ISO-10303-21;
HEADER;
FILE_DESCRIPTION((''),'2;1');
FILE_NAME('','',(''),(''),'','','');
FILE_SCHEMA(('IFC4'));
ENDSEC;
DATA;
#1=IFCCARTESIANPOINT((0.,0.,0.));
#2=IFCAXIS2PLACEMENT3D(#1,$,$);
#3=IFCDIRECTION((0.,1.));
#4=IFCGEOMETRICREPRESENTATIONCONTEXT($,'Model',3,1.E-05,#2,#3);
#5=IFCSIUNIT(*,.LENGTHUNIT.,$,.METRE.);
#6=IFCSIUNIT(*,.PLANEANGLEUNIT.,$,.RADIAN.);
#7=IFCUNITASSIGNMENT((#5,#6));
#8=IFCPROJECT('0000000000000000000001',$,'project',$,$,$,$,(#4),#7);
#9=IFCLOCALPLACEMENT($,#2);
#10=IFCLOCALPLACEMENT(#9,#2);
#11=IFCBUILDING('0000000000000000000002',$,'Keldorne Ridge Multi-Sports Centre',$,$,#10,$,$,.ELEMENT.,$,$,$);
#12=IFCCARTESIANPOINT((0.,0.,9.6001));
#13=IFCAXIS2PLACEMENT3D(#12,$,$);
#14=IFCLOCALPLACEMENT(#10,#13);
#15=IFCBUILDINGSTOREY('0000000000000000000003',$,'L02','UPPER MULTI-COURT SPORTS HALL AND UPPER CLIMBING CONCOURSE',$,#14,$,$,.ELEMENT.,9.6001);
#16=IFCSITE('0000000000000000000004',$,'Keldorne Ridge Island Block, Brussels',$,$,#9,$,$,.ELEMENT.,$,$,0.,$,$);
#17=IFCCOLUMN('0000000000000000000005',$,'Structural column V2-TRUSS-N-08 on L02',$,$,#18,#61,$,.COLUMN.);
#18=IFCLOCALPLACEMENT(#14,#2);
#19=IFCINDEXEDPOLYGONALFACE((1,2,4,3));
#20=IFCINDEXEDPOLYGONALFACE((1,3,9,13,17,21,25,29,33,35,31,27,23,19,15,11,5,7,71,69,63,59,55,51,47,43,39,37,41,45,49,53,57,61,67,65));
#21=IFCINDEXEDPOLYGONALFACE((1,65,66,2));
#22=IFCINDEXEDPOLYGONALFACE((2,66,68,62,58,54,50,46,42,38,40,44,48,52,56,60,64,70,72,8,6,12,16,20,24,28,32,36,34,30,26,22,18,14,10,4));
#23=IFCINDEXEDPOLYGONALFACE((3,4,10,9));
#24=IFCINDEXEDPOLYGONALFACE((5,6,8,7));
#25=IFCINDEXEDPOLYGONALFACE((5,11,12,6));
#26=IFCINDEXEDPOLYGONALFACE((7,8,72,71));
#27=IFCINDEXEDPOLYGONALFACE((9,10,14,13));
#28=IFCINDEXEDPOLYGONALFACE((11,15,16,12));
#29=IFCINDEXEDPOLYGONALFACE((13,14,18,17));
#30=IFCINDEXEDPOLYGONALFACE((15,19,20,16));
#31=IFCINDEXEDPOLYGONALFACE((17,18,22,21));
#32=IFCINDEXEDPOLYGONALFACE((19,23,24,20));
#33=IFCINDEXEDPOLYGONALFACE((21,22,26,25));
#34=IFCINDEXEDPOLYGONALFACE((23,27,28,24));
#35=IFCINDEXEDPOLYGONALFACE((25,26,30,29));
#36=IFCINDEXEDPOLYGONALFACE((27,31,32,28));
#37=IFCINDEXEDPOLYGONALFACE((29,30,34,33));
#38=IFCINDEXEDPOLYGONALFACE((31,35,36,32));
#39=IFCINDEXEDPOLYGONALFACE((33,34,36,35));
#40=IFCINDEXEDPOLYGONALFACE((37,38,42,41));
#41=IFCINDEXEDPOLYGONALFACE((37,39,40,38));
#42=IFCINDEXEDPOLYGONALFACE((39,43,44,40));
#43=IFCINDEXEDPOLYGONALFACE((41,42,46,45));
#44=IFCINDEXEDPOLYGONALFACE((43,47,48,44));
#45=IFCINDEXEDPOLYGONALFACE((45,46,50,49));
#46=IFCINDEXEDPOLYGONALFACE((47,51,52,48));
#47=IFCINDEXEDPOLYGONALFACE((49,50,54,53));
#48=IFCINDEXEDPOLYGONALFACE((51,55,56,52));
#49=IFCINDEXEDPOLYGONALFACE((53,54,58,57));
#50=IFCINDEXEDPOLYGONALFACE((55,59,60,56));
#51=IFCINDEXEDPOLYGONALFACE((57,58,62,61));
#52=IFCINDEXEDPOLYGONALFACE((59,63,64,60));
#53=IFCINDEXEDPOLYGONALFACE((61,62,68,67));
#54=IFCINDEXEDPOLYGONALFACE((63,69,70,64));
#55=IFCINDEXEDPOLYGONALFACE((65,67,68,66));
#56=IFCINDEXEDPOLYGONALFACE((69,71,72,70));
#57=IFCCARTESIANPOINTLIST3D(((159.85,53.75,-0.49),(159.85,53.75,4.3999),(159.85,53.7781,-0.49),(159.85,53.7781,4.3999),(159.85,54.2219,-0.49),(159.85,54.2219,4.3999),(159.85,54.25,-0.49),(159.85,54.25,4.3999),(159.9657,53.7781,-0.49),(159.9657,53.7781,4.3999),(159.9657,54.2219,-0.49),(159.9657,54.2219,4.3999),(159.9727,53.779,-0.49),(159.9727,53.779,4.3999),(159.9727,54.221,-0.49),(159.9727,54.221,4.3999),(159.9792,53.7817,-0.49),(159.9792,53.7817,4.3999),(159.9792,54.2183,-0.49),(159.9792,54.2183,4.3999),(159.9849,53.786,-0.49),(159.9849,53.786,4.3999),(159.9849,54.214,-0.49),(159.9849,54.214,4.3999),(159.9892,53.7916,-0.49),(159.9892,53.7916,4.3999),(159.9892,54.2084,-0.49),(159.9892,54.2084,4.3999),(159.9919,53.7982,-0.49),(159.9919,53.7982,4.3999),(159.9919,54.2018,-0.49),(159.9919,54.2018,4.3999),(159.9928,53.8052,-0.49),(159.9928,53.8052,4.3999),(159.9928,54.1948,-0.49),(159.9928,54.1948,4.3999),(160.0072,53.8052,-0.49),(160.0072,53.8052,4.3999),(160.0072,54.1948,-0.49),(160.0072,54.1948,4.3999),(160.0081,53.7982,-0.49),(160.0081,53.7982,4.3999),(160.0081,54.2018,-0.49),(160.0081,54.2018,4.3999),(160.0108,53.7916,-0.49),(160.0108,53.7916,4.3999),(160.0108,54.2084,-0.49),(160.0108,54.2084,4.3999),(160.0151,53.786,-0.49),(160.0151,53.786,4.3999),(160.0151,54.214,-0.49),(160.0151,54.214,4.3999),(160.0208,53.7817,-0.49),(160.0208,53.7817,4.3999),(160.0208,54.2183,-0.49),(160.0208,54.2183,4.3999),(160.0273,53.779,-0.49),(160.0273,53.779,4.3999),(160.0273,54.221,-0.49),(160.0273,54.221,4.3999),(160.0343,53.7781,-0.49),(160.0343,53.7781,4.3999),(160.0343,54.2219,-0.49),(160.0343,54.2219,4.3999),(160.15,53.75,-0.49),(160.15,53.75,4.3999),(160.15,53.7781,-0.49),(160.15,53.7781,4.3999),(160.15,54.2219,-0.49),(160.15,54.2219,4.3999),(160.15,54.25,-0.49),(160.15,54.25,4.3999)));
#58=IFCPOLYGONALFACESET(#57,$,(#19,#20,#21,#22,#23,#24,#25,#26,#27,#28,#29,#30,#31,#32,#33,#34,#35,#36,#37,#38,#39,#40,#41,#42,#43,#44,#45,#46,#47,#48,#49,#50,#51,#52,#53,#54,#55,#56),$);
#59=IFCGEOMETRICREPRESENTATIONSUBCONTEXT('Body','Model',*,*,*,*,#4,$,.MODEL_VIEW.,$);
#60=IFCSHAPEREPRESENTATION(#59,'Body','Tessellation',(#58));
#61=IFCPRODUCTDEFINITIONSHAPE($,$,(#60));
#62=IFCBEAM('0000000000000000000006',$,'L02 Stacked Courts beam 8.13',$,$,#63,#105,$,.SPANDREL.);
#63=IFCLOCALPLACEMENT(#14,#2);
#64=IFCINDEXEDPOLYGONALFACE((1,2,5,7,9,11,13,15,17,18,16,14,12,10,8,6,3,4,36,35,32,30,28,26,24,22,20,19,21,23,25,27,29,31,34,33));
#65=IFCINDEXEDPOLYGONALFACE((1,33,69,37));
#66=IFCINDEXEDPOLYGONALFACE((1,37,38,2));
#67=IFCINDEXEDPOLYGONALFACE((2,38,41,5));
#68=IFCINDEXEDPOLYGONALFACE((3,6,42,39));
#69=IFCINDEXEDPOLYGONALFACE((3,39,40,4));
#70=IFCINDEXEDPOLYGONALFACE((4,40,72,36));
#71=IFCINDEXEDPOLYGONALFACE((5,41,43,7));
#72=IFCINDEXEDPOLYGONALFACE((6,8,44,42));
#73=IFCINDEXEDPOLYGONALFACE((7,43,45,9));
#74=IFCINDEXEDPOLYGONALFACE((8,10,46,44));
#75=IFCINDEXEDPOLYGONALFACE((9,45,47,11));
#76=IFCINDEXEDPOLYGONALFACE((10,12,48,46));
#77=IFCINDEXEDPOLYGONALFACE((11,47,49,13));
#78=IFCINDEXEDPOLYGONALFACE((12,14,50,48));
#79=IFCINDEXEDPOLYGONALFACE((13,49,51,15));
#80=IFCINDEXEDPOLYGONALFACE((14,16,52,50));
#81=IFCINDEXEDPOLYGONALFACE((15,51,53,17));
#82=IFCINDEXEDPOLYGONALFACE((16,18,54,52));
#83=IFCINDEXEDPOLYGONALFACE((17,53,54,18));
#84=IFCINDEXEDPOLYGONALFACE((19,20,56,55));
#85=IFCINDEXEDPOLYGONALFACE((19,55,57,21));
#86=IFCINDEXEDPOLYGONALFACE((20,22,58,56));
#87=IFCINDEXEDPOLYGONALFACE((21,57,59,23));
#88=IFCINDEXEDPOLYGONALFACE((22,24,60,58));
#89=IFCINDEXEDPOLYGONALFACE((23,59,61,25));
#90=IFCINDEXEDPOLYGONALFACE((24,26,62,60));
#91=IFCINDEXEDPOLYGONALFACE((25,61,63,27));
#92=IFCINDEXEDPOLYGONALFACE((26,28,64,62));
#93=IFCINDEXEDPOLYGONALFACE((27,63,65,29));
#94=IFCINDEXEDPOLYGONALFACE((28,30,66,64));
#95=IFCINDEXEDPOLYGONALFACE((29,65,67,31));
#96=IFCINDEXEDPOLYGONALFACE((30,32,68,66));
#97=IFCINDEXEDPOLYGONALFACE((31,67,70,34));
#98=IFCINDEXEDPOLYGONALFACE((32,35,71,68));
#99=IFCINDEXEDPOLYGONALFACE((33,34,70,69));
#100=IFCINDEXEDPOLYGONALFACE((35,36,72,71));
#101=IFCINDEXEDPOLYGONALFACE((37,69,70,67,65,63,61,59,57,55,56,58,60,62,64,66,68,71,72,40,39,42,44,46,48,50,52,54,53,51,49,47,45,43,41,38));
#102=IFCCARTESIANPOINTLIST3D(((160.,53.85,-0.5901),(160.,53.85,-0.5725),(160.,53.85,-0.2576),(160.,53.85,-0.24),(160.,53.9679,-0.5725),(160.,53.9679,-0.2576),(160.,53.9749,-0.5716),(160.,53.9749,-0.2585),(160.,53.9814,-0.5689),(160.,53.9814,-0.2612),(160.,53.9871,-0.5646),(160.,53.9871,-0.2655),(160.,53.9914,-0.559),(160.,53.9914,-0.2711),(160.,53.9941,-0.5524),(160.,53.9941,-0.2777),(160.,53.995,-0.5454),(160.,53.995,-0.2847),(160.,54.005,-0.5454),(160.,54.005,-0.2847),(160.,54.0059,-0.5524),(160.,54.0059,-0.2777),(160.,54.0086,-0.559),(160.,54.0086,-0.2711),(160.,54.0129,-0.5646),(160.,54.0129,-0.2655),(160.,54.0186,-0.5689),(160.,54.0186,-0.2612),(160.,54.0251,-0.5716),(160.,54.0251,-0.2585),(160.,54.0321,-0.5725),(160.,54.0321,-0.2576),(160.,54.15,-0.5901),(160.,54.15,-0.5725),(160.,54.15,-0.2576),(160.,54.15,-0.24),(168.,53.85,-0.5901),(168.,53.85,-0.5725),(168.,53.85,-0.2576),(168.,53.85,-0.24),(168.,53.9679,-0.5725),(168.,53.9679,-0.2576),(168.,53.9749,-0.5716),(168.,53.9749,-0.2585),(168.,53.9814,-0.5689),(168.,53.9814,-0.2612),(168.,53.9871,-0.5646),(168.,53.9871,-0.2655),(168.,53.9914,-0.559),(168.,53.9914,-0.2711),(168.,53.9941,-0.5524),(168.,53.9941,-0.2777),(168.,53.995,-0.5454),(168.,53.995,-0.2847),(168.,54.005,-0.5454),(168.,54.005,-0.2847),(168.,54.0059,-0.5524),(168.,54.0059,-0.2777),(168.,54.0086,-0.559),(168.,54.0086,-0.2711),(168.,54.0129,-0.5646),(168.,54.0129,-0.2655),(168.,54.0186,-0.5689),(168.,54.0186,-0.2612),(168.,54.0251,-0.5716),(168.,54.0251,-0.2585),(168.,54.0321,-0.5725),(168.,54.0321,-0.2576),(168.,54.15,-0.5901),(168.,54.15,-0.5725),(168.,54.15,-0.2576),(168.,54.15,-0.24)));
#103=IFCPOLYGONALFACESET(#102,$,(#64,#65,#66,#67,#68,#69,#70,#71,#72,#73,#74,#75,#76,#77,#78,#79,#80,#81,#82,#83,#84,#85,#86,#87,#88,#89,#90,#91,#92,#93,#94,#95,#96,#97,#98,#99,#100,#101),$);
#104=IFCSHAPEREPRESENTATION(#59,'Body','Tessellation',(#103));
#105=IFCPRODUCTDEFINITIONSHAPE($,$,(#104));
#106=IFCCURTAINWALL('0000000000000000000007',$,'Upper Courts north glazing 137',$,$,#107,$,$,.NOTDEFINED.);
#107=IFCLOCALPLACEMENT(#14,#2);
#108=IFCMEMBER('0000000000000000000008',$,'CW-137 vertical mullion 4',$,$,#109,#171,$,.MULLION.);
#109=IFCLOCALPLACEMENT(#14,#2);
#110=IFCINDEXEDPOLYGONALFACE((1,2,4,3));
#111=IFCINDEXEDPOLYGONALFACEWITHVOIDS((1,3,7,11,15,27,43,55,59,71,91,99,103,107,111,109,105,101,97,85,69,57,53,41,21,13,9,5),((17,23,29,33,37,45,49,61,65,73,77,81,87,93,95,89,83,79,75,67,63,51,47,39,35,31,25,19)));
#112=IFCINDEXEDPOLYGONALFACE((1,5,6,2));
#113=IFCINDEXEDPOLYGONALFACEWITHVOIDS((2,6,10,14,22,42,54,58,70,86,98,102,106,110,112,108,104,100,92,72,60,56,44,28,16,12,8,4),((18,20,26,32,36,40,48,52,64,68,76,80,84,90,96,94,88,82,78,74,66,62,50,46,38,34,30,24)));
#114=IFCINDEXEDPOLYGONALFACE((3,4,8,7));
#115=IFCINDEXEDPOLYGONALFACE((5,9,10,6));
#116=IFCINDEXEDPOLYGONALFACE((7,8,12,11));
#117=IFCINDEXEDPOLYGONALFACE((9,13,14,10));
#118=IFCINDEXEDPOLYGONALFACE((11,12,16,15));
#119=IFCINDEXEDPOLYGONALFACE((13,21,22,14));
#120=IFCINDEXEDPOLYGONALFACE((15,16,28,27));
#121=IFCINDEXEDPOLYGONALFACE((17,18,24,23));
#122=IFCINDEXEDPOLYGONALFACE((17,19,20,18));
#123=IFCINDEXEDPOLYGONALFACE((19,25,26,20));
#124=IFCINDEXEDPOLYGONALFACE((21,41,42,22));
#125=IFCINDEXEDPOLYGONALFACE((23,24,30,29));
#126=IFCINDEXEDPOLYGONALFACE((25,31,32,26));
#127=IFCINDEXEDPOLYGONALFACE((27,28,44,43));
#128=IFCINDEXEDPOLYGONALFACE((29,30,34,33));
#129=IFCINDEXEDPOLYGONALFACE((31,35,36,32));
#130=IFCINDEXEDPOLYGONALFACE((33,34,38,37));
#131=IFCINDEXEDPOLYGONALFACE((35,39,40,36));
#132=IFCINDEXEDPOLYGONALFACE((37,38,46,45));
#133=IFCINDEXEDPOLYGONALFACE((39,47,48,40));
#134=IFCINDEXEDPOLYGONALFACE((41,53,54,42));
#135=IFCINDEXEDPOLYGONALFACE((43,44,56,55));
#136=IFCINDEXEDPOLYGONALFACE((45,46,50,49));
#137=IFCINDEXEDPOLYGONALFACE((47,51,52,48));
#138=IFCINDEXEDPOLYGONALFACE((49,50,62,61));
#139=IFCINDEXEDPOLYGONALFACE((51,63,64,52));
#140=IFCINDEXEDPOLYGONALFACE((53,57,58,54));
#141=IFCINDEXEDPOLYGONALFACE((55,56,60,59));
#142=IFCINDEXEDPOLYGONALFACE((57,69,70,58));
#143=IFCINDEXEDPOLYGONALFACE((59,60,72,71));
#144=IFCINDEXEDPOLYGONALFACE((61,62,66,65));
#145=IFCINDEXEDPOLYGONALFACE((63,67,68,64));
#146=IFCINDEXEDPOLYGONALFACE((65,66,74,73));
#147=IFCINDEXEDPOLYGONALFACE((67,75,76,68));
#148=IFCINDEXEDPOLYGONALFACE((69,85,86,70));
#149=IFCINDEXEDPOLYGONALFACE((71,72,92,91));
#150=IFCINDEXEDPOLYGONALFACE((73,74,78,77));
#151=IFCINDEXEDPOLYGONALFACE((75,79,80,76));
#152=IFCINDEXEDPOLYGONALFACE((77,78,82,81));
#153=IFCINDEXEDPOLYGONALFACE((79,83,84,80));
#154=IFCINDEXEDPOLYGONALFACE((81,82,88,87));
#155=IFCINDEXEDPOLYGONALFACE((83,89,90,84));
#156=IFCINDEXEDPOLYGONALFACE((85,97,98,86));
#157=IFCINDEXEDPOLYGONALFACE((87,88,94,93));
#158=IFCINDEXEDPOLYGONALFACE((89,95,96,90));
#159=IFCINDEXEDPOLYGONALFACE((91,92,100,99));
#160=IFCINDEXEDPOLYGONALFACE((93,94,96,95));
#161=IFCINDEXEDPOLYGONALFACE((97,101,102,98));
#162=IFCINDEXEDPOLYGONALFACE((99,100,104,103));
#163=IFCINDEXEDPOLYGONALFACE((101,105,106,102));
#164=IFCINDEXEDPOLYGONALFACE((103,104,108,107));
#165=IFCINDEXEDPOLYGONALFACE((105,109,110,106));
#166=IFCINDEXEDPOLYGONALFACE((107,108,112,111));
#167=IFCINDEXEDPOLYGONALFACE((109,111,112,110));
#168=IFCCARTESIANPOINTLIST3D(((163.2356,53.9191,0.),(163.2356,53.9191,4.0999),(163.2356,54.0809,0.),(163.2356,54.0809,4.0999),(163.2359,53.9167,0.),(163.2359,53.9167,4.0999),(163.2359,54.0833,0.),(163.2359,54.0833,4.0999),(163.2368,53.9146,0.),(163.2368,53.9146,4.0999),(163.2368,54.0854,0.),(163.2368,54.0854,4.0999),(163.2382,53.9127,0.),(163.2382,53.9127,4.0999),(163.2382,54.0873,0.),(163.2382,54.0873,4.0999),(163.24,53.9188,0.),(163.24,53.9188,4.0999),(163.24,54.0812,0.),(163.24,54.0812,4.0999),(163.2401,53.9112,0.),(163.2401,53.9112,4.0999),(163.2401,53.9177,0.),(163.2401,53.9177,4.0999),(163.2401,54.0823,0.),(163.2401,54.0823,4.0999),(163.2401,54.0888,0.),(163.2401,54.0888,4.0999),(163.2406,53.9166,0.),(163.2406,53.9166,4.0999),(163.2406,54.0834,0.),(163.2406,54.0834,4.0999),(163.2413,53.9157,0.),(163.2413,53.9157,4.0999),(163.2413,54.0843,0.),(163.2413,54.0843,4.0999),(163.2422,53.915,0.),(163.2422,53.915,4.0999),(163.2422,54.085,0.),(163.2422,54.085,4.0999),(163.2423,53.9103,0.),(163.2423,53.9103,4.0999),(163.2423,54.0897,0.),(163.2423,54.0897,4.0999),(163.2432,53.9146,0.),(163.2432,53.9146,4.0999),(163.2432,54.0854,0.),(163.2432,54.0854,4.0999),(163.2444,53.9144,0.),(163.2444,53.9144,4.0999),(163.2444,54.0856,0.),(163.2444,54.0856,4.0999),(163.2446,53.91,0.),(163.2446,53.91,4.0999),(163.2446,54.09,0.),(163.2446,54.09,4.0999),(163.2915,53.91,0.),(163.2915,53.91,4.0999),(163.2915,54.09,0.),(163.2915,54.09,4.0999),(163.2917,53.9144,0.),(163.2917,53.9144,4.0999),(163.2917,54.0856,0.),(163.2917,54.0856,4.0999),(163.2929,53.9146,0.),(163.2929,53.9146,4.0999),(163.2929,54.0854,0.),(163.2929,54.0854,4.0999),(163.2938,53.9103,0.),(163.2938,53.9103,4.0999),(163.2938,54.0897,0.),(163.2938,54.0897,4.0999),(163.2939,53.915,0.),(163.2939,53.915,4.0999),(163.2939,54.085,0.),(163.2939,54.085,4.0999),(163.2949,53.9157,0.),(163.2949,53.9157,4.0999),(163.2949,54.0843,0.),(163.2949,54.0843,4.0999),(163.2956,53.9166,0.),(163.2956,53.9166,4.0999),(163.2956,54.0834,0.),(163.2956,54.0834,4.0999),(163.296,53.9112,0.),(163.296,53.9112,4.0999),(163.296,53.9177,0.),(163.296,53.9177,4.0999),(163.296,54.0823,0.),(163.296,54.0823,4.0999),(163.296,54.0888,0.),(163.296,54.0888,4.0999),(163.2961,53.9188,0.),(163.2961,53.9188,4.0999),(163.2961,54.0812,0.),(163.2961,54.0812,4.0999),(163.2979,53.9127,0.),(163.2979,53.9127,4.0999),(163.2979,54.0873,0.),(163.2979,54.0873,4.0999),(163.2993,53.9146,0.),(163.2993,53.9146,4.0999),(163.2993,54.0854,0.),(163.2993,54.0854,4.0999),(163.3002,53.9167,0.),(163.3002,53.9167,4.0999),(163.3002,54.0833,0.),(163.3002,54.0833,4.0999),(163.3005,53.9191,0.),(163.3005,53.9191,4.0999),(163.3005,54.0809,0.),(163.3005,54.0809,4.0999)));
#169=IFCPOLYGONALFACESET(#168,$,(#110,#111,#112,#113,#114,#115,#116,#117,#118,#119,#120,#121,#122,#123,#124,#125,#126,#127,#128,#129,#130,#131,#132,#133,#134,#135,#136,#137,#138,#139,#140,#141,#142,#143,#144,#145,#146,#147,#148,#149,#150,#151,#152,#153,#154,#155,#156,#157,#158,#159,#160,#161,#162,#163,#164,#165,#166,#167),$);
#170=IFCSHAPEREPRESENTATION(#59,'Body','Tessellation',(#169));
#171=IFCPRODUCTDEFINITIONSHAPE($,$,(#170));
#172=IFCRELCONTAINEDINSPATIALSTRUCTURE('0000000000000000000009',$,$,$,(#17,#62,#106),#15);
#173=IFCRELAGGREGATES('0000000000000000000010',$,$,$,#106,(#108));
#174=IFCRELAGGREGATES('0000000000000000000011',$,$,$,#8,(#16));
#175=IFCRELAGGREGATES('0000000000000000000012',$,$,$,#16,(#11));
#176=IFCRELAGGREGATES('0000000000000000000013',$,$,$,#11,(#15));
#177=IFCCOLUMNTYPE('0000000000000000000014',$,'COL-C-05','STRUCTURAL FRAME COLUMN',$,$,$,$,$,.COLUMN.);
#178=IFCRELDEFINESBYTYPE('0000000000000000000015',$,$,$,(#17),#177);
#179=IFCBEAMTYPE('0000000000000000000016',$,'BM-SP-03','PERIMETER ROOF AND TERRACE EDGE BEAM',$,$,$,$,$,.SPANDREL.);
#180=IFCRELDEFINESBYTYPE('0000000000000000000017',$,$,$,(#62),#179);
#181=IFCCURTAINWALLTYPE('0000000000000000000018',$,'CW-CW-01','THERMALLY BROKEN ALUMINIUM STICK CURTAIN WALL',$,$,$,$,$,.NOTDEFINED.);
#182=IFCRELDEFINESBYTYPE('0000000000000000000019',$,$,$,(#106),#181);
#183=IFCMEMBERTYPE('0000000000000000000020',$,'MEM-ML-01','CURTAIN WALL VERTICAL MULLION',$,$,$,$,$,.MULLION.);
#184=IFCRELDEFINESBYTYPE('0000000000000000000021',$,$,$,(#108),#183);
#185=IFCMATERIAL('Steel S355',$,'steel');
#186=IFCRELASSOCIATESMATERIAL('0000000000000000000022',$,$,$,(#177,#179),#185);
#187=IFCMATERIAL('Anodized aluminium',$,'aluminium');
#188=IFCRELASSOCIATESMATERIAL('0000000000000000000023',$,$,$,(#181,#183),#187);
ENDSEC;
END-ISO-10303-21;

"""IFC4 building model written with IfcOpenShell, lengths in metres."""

from ifc_helpers import new_model, si_unit, direction, frame, origin, origin_2d, place, context, subcontext, project, spatial, hollow_rectangle, i_section, extrude, material, material_profile, profile_set, type_object, element, aggregate, save


model = new_model("IFC4")

# Units and contexts
model_context = context("Model", 3, precision=1e-05, world=origin(), true_north=direction((0.0, 1.0)))
body_context = subcontext(model_context, "Body", "Model", "MODEL_VIEW")
ifc_project = project(units=[si_unit("LENGTHUNIT", "METRE"), si_unit("PLANEANGLEUNIT", "RADIAN")], contexts=[model_context])

# Site, building, storey
site_placement = place(None, origin())
site = spatial("IfcSite", under=ifc_project, at=site_placement, Name="Keldorne Ridge Island Block, Brussels", CompositionType="ELEMENT", RefElevation=0.0)
building_placement = place(site_placement, origin())
building = spatial("IfcBuilding", under=site, at=building_placement, Name="Keldorne Ridge Multi-Sports Centre", CompositionType="ELEMENT")
storey_placement = place(building_placement, frame((0.0, 0.0, 9.6001)))
storey = spatial("IfcBuildingStorey", under=building, at=storey_placement, Name="L02", Description="UPPER MULTI-COURT SPORTS HALL AND UPPER CLIMBING CONCOURSE", CompositionType="ELEMENT", Elevation=9.6001)

# Column
ifc_material_1 = material(Name="Steel S355", Category="steel")
ifc_material_profile_1 = material_profile(ifc_material_1, i_section(OverallWidth=0.3, OverallDepth=0.5, WebThickness=0.0144, FlangeThickness=0.0281, FilletRadius=0.0271, at=origin_2d()), Name="HEB 500")
ifc_profile_set_1 = profile_set([ifc_material_profile_1], Name="Steel S355")
column_type = type_object("IfcColumnType", Name="COL-C-05", Description="STRUCTURAL FRAME COLUMN", PredefinedType="COLUMN", material=ifc_profile_set_1)
column_placement = place(storey_placement, frame((160.0, 54.0, -0.49), z_axis=(0.0, 0.0, 1.0), x_axis=(1.0, 0.0, 0.0)))
element("IfcColumn", 1, at=column_placement, inside=storey, type_object=column_type, Name="Structural column V2-TRUSS-N-08 on L02", PredefinedType="COLUMN", context=body_context, shape_type="SweptSolid", body=[
    extrude(i_section(OverallWidth=0.3, OverallDepth=0.5, WebThickness=0.0144, FlangeThickness=0.0281, FilletRadius=0.0271, at=origin_2d()), origin(), (0.0, 0.0, 1.0), 4.8899),
])

# Beam
ifc_material_profile_2 = material_profile(ifc_material_1, i_section(OverallWidth=0.3, OverallDepth=0.3501, WebThickness=0.01, FlangeThickness=0.0176, FilletRadius=0.0271, at=origin_2d()), Name="HEA 360")
ifc_profile_set_2 = profile_set([ifc_material_profile_2], Name="Steel S355")
beam_type = type_object("IfcBeamType", Name="BM-SP-03", Description="PERIMETER ROOF AND TERRACE EDGE BEAM", PredefinedType="SPANDREL", material=ifc_profile_set_2)
beam_placement = place(storey_placement, frame((160.0, 54.0, -0.415), z_axis=(1.0, 0.0, 0.0), x_axis=(0.0, 1.0, 0.0)))
element("IfcBeam", 2, at=beam_placement, inside=storey, type_object=beam_type, Name="L02 Stacked Courts beam 8.13", PredefinedType="SPANDREL", context=body_context, shape_type="SweptSolid", body=[
    extrude(i_section(OverallWidth=0.3, OverallDepth=0.3501, WebThickness=0.01, FlangeThickness=0.0176, FilletRadius=0.0271, at=origin_2d()), origin(), (0.0, 0.0, 1.0), 8.0),
])

# Curtain wall, member
ifc_material_2 = material(Name="Anodized aluminium", Category="aluminium")
curtain_wall_type_1 = type_object("IfcCurtainWallType", Name="CW-CW-01", Description="THERMALLY BROKEN ALUMINIUM STICK CURTAIN WALL", PredefinedType="NOTDEFINED", material=ifc_material_2)
curtain_wall_1_placement = place(storey_placement, origin())
curtain_wall_1 = element("IfcCurtainWall", 3, at=curtain_wall_1_placement, inside=storey, type_object=curtain_wall_type_1, Name="Upper Courts north glazing 137", PredefinedType="NOTDEFINED")
ifc_material_profile_3 = material_profile(ifc_material_2, hollow_rectangle(XDim=0.0649, YDim=0.1799, WallThickness=0.0044, InnerFilletRadius=0.0044, OuterFilletRadius=0.009, at=origin_2d()), Name="ALU MULLION 180x65x4.5")
ifc_profile_set_3 = profile_set([ifc_material_profile_3], Name="Anodized aluminium")
member_type_1 = type_object("IfcMemberType", Name="MEM-ML-01", Description="CURTAIN WALL VERTICAL MULLION", PredefinedType="MULLION", material=ifc_profile_set_3)
member_1_placement = place(storey_placement, frame((163.2681, 54.0, 0.0), z_axis=(0.0, 0.0, 1.0), x_axis=(1.0, 0.0, 0.0)))
member_1 = element("IfcMember", 4, at=member_1_placement, type_object=member_type_1, Name="CW-137 vertical mullion 4", PredefinedType="MULLION", context=body_context, shape_type="SweptSolid", body=[
    extrude(hollow_rectangle(XDim=0.0649, YDim=0.1799, WallThickness=0.0044, InnerFilletRadius=0.0044, OuterFilletRadius=0.009, at=origin_2d()), origin(), (0.0, 0.0, 1.0), 4.0999),
])

aggregate(curtain_wall_1, [member_1])

save(model, "model.ifc")
